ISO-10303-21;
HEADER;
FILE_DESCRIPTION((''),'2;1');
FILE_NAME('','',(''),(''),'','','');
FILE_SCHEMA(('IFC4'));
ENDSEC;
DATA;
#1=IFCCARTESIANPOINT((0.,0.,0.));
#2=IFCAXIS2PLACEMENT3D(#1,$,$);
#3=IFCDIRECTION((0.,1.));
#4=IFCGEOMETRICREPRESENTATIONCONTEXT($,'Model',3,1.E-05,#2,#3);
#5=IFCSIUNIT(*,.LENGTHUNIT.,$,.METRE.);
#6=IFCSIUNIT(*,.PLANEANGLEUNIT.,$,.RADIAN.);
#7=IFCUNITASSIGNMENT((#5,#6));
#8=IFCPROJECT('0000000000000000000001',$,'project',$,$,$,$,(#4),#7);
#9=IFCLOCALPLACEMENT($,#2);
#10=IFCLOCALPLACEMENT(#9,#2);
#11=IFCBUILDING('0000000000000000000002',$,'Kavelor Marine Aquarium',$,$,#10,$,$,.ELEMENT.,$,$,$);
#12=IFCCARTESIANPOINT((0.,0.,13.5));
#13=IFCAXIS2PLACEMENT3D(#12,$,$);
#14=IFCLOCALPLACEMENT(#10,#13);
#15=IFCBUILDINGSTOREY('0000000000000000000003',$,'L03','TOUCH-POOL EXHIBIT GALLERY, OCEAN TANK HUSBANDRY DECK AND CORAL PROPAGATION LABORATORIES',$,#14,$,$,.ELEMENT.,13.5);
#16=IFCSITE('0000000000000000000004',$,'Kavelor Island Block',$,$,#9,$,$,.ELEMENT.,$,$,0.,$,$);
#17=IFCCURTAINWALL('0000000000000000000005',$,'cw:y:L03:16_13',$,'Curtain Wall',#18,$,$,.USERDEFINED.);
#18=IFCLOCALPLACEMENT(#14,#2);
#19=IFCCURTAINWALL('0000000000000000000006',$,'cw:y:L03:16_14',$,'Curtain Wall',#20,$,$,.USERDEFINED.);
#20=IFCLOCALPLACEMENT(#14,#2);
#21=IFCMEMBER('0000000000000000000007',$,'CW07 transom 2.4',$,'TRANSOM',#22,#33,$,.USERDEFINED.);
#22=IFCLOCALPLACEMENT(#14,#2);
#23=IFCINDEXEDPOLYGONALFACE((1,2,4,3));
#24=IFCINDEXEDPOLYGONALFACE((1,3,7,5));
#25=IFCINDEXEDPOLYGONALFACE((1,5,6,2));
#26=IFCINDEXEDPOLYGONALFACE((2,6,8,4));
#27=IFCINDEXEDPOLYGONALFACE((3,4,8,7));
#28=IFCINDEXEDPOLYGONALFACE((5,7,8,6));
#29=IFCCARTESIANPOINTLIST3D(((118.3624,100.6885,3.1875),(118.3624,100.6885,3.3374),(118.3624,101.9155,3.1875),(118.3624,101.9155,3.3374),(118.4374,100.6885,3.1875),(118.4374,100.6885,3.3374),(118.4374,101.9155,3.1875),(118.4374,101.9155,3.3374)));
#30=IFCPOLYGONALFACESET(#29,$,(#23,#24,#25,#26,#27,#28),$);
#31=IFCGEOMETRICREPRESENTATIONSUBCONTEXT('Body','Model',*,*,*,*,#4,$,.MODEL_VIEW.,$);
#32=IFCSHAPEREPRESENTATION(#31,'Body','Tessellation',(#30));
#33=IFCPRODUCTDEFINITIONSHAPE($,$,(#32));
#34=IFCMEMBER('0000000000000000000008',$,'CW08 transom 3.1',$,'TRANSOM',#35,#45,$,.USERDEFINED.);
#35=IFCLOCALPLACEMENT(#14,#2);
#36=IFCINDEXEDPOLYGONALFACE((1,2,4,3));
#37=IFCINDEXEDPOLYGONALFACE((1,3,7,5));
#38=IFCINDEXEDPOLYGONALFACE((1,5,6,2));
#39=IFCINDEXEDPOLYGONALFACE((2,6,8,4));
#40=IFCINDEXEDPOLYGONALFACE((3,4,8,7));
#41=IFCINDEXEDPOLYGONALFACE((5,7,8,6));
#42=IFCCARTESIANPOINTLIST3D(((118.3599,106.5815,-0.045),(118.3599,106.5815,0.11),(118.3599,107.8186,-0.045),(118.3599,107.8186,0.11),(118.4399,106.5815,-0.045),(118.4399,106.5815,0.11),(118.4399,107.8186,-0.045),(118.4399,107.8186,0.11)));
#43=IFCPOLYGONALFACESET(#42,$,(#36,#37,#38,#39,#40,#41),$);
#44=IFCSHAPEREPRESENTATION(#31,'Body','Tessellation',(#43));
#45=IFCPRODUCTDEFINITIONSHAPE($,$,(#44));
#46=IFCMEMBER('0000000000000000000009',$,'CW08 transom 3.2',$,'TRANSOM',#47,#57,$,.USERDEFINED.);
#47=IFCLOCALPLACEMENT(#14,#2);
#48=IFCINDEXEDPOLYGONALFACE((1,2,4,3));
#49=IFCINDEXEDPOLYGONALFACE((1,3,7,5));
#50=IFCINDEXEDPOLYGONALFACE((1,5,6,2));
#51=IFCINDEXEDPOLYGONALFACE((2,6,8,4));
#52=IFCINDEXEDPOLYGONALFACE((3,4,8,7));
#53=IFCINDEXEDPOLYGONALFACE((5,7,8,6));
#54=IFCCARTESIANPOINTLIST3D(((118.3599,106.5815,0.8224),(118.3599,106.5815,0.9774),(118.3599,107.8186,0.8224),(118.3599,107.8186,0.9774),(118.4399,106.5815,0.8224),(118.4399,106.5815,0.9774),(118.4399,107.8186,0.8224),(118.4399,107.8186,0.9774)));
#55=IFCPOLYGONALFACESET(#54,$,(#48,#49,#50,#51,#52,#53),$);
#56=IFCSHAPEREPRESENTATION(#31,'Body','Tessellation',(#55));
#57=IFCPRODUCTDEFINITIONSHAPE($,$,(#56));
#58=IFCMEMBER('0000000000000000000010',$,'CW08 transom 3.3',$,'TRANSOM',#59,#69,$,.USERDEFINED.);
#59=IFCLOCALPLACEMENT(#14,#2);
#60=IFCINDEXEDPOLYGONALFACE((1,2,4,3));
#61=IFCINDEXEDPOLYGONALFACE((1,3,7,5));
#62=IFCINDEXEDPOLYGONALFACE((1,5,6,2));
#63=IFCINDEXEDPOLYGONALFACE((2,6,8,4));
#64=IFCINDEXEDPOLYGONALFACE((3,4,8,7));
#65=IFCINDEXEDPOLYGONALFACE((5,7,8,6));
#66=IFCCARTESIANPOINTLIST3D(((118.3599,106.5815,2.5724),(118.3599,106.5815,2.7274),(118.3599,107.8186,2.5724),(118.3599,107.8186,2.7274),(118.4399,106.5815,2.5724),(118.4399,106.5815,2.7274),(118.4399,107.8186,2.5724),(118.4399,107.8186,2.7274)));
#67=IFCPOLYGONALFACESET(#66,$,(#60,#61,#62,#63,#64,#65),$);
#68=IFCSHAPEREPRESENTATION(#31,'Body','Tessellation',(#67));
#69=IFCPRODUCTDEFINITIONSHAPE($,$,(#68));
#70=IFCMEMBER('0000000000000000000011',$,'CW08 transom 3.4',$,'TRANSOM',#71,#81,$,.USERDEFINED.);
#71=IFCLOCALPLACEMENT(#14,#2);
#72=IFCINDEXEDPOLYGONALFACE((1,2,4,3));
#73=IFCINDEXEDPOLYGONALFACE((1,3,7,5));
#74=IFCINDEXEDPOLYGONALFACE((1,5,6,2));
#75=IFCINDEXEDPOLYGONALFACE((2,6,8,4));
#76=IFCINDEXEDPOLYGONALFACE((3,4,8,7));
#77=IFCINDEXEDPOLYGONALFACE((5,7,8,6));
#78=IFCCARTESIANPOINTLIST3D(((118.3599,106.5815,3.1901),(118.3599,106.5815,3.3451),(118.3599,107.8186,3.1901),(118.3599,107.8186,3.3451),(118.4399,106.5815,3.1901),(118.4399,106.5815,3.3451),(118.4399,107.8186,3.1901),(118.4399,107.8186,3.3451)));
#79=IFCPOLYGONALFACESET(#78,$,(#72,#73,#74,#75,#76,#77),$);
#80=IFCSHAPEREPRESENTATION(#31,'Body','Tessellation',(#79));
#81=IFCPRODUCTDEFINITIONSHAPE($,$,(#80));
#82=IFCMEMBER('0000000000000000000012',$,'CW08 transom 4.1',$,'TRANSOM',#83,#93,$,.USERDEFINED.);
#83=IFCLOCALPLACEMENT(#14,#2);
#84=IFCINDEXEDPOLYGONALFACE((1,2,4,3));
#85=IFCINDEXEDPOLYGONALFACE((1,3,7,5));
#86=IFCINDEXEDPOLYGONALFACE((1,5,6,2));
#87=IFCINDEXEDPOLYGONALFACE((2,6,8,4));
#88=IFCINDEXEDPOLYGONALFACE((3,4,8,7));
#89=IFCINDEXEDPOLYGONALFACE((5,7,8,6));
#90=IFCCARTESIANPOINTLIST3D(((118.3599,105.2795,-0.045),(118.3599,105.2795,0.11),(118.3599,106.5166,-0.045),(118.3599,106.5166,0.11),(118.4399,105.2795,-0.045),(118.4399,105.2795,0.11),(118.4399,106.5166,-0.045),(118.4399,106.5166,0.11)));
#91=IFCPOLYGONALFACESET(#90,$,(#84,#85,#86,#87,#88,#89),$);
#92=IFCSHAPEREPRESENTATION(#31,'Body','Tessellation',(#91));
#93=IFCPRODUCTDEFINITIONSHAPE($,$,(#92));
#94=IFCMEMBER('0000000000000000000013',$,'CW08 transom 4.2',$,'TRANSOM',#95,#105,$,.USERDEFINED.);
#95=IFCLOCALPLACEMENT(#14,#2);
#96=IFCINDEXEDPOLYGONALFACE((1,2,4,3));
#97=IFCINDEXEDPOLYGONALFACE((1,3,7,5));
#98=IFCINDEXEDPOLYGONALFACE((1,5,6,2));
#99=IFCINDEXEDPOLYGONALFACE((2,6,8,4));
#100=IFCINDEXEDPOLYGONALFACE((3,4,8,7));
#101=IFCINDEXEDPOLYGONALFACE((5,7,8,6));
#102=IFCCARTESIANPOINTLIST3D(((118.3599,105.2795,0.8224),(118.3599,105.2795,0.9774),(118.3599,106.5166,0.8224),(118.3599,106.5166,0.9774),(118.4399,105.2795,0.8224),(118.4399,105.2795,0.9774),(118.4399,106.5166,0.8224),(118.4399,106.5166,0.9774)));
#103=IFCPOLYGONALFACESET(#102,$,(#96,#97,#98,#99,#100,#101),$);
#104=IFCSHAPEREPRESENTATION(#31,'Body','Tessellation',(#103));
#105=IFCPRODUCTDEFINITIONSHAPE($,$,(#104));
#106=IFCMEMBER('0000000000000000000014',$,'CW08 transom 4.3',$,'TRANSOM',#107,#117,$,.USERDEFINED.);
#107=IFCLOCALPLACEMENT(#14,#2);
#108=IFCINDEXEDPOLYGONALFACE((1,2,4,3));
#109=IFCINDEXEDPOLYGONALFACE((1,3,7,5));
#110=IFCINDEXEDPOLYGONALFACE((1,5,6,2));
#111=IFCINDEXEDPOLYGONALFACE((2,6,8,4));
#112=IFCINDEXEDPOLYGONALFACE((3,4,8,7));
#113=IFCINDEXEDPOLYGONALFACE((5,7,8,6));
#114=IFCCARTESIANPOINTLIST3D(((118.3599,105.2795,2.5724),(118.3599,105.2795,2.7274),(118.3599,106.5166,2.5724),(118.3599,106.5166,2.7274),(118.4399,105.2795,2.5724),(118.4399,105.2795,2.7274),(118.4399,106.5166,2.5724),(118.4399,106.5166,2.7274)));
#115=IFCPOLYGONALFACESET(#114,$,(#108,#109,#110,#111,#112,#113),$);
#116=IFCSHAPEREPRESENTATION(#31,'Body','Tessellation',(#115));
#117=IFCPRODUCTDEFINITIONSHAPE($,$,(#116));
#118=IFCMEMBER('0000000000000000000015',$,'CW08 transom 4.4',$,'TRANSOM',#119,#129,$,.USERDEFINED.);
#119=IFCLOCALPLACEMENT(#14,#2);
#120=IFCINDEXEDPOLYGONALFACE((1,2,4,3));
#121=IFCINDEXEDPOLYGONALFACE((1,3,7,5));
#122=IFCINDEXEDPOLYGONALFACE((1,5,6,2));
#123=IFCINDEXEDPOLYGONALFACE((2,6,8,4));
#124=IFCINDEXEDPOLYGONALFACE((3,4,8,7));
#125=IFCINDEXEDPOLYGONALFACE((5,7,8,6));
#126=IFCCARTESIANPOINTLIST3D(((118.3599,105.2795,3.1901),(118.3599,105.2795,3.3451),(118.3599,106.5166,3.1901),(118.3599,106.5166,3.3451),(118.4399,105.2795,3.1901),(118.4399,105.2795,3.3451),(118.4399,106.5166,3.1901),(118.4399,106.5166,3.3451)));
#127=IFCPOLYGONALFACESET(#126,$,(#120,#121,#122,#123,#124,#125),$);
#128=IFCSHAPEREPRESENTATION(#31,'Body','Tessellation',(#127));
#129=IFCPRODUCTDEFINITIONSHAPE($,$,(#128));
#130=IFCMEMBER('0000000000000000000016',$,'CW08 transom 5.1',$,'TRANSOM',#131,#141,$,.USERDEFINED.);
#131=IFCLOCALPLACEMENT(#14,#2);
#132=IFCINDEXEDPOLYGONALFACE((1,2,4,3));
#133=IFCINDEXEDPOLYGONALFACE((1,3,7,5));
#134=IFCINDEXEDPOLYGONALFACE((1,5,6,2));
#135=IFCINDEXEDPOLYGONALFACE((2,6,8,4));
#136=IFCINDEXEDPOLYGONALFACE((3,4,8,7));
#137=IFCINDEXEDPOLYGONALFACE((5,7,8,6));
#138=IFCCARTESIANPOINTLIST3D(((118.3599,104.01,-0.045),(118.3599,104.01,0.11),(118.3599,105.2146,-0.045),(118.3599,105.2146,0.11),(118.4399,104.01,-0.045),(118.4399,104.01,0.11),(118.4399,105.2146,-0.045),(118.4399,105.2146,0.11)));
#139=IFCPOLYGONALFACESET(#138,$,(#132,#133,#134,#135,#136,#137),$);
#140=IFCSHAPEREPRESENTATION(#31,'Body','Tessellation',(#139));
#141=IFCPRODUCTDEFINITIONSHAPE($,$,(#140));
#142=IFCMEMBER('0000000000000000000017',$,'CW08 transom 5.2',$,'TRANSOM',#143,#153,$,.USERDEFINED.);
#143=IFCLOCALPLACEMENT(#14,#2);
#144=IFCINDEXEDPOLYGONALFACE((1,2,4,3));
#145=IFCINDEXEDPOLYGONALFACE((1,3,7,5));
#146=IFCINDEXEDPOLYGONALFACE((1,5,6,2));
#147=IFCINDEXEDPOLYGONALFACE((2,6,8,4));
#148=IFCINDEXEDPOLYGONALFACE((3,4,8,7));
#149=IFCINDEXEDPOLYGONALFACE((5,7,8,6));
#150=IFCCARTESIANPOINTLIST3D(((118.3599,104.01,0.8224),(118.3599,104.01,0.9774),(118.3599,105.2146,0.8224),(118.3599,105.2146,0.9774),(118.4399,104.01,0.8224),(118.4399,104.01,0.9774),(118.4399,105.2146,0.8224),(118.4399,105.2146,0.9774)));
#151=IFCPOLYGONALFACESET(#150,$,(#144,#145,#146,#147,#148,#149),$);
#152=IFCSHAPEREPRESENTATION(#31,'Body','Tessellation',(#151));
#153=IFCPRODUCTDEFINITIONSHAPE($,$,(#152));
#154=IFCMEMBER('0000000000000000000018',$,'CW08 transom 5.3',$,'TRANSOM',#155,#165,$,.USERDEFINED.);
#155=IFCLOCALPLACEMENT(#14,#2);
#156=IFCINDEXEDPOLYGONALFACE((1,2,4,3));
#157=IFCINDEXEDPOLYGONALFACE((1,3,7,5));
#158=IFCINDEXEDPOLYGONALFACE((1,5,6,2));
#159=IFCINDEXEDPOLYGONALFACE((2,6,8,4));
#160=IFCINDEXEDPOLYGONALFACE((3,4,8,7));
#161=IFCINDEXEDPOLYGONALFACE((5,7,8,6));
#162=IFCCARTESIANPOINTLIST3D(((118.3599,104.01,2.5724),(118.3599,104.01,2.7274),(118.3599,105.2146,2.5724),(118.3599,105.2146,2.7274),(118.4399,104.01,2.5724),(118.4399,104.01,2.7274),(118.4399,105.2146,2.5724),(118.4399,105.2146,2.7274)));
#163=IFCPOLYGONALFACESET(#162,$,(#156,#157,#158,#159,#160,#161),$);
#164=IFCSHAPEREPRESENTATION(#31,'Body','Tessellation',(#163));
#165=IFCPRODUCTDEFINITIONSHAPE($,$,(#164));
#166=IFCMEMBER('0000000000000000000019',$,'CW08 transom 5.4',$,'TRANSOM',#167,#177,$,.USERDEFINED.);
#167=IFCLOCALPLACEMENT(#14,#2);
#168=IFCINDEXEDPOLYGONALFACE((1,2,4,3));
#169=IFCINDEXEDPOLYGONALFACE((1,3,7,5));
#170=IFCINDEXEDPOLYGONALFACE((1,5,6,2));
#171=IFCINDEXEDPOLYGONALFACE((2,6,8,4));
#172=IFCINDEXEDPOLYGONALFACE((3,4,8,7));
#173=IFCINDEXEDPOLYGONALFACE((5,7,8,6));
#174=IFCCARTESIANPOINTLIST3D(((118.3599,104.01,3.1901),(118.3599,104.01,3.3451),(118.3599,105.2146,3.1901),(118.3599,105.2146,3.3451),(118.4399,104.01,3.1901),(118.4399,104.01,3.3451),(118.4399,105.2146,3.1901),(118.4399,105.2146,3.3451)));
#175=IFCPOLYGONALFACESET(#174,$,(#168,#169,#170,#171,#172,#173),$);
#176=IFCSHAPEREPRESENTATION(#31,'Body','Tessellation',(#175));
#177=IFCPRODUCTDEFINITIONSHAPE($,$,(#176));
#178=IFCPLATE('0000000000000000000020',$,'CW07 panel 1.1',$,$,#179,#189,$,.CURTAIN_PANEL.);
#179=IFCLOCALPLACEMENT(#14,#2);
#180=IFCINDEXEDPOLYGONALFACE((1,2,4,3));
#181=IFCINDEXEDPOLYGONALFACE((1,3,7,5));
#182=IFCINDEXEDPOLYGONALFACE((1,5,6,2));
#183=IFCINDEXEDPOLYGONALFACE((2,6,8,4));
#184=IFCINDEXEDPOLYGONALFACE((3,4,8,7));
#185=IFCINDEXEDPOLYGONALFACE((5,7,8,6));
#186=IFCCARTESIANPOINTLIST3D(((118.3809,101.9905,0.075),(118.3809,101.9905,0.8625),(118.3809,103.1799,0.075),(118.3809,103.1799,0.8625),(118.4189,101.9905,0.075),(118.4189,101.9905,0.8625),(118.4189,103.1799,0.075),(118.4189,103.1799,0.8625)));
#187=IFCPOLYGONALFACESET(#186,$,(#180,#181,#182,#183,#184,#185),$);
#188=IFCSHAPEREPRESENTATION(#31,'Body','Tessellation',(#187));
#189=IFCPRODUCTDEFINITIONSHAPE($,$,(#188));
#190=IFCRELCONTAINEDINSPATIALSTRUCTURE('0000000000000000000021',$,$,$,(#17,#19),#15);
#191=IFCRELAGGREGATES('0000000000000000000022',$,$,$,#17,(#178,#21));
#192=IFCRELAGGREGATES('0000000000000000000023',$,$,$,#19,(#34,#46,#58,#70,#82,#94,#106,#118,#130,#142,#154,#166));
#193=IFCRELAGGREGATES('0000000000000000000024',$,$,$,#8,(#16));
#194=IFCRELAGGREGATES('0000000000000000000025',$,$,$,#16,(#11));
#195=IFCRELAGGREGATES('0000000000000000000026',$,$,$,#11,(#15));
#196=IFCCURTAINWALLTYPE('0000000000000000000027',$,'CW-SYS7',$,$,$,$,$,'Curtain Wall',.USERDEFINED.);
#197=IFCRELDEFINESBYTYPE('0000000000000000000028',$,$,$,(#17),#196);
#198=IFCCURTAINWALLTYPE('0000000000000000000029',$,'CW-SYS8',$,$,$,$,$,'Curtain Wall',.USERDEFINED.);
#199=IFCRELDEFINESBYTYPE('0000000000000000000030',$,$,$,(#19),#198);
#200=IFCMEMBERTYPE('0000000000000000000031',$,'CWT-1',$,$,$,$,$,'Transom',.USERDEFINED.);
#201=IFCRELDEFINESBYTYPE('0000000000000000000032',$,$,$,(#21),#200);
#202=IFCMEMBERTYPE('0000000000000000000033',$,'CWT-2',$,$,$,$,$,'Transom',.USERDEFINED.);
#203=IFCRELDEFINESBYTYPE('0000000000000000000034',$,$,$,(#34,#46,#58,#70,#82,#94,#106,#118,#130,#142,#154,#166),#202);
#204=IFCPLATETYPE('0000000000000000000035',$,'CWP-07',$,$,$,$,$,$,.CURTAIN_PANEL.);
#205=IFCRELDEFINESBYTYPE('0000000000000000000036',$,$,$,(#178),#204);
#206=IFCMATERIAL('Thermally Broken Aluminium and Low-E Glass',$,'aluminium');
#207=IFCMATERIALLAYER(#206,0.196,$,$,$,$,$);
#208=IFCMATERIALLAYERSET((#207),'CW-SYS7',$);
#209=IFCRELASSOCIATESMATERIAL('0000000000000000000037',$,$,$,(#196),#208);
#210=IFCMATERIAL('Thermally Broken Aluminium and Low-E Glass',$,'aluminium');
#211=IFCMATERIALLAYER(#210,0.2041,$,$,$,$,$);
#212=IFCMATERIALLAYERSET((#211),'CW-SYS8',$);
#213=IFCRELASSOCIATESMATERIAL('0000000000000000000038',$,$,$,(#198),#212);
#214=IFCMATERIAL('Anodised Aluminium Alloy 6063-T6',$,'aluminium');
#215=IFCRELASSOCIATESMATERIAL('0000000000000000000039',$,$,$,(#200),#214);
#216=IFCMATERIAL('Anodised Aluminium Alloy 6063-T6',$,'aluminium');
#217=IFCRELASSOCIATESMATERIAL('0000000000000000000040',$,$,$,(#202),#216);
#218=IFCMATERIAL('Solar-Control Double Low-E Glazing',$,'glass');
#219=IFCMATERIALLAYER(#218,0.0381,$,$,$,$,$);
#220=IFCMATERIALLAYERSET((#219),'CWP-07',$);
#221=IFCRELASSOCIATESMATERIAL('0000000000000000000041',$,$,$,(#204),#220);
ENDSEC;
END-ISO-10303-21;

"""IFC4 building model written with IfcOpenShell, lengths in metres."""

from ifc_helpers import new_model, si_unit, direction, frame, origin, origin_2d, place, context, subcontext, project, spatial, rectangle, extrude, material, layer, layer_set, material_profile, profile_set, type_object, element, aggregate, save


model = new_model("IFC4")

# Units and contexts
model_context = context("Model", 3, precision=1e-05, world=origin(), true_north=direction((0.0, 1.0)))
body_context = subcontext(model_context, "Body", "Model", "MODEL_VIEW")
ifc_project = project(units=[si_unit("LENGTHUNIT", "METRE"), si_unit("PLANEANGLEUNIT", "RADIAN")], contexts=[model_context])

# Site, building, storey
site_placement = place(None, origin())
site = spatial("IfcSite", under=ifc_project, at=site_placement, Name="Kavelor Island Block", CompositionType="ELEMENT", RefElevation=0.0)
building_placement = place(site_placement, origin())
building = spatial("IfcBuilding", under=site, at=building_placement, Name="Kavelor Marine Aquarium", CompositionType="ELEMENT")
storey_placement = place(building_placement, frame((0.0, 0.0, 13.5)))
storey = spatial("IfcBuildingStorey", under=building, at=storey_placement, Name="L03", Description="TOUCH-POOL EXHIBIT GALLERY, OCEAN TANK HUSBANDRY DECK AND CORAL PROPAGATION LABORATORIES", CompositionType="ELEMENT", Elevation=13.5)

# Curtain walls
ifc_material_1 = material(Name="Thermally Broken Aluminium and Low-E Glass", Category="aluminium")
ifc_layer_1 = layer(ifc_material_1, 0.196)
ifc_layer_set_1 = layer_set([ifc_layer_1], Name="CW-SYS7")
curtain_wall_type_1 = type_object("IfcCurtainWallType", Name="CW-SYS7", ElementType="Curtain Wall", PredefinedType="USERDEFINED", material=ifc_layer_set_1)
curtain_wall_1_placement = place(storey_placement, origin())
curtain_wall_1 = element("IfcCurtainWall", 1, at=curtain_wall_1_placement, inside=storey, type_object=curtain_wall_type_1, Name="cw:y:L03:16_13", ObjectType="Curtain Wall", PredefinedType="USERDEFINED")
ifc_material_2 = material(Name="Thermally Broken Aluminium and Low-E Glass", Category="aluminium")
ifc_layer_2 = layer(ifc_material_2, 0.2041)
ifc_layer_set_2 = layer_set([ifc_layer_2], Name="CW-SYS8")
curtain_wall_type_2 = type_object("IfcCurtainWallType", Name="CW-SYS8", ElementType="Curtain Wall", PredefinedType="USERDEFINED", material=ifc_layer_set_2)
curtain_wall_2_placement = place(storey_placement, origin())
curtain_wall_2 = element("IfcCurtainWall", 2, at=curtain_wall_2_placement, inside=storey, type_object=curtain_wall_type_2, Name="cw:y:L03:16_14", ObjectType="Curtain Wall", PredefinedType="USERDEFINED")

# Members
ifc_material_3 = material(Name="Anodised Aluminium Alloy 6063-T6", Category="aluminium")
ifc_material_profile_1 = material_profile(ifc_material_3, rectangle(XDim=0.075, YDim=0.1499, at=origin_2d()), Name="CW-TRN 75x150")
ifc_profile_set_1 = profile_set([ifc_material_profile_1], Name="Anodised Aluminium Alloy 6063-T6")
member_type_1 = type_object("IfcMemberType", Name="CWT-1", ElementType="Transom", PredefinedType="USERDEFINED", material=ifc_profile_set_1)
member_1_placement = place(storey_placement, frame((118.3999, 101.9155, 3.2625), z_axis=(0.0, -1.0, 0.0), x_axis=(1.0, 0.0, 0.0)))
member_1 = element("IfcMember", 3, at=member_1_placement, type_object=member_type_1, Name="CW07 transom 2.4", ObjectType="TRANSOM", PredefinedType="USERDEFINED", context=body_context, shape_type="SweptSolid", body=[
    extrude(rectangle(XDim=0.075, YDim=0.1499, at=origin_2d()), origin(), (0.0, 0.0, 1.0), 1.2271),
])
ifc_material_4 = material(Name="Anodised Aluminium Alloy 6063-T6", Category="aluminium")
ifc_material_profile_2 = material_profile(ifc_material_4, rectangle(XDim=0.0801, YDim=0.155, at=origin_2d()), Name="CW-TRN 80x155")
ifc_profile_set_2 = profile_set([ifc_material_profile_2], Name="Anodised Aluminium Alloy 6063-T6")
member_type_2 = type_object("IfcMemberType", Name="CWT-2", ElementType="Transom", PredefinedType="USERDEFINED", material=ifc_profile_set_2)
member_2_placement = place(storey_placement, frame((118.3999, 107.8186, 0.0325), z_axis=(0.0, -1.0, 0.0), x_axis=(1.0, 0.0, 0.0)))
member_2 = element("IfcMember", 4, at=member_2_placement, type_object=member_type_2, Name="CW08 transom 3.1", ObjectType="TRANSOM", PredefinedType="USERDEFINED", context=body_context, shape_type="SweptSolid", body=[
    extrude(rectangle(XDim=0.0801, YDim=0.155, at=origin_2d()), origin(), (0.0, 0.0, 1.0), 1.2371),
])
member_3_placement = place(storey_placement, frame((118.3999, 107.8186, 0.8999), z_axis=(0.0, -1.0, 0.0), x_axis=(1.0, 0.0, 0.0)))
member_3 = element("IfcMember", 5, at=member_3_placement, type_object=member_type_2, Name="CW08 transom 3.2", ObjectType="TRANSOM", PredefinedType="USERDEFINED", context=body_context, shape_type="SweptSolid", body=[
    extrude(rectangle(XDim=0.0801, YDim=0.155, at=origin_2d()), origin(), (0.0, 0.0, 1.0), 1.2371),
])
member_4_placement = place(storey_placement, frame((118.3999, 107.8186, 2.6499), z_axis=(0.0, -1.0, 0.0), x_axis=(1.0, 0.0, 0.0)))
member_4 = element("IfcMember", 6, at=member_4_placement, type_object=member_type_2, Name="CW08 transom 3.3", ObjectType="TRANSOM", PredefinedType="USERDEFINED", context=body_context, shape_type="SweptSolid", body=[
    extrude(rectangle(XDim=0.0801, YDim=0.155, at=origin_2d()), origin(), (0.0, 0.0, 1.0), 1.2371),
])
member_5_placement = place(storey_placement, frame((118.3999, 107.8186, 3.2676), z_axis=(0.0, -1.0, 0.0), x_axis=(1.0, 0.0, 0.0)))
member_5 = element("IfcMember", 7, at=member_5_placement, type_object=member_type_2, Name="CW08 transom 3.4", ObjectType="TRANSOM", PredefinedType="USERDEFINED", context=body_context, shape_type="SweptSolid", body=[
    extrude(rectangle(XDim=0.0801, YDim=0.155, at=origin_2d()), origin(), (0.0, 0.0, 1.0), 1.2371),
])
member_6_placement = place(storey_placement, frame((118.3999, 106.5166, 0.0325), z_axis=(0.0, -1.0, 0.0), x_axis=(1.0, 0.0, 0.0)))
member_6 = element("IfcMember", 8, at=member_6_placement, type_object=member_type_2, Name="CW08 transom 4.1", ObjectType="TRANSOM", PredefinedType="USERDEFINED", context=body_context, shape_type="SweptSolid", body=[
    extrude(rectangle(XDim=0.0801, YDim=0.155, at=origin_2d()), origin(), (0.0, 0.0, 1.0), 1.2371),
])
member_7_placement = place(storey_placement, frame((118.3999, 106.5166, 0.8999), z_axis=(0.0, -1.0, 0.0), x_axis=(1.0, 0.0, 0.0)))
member_7 = element("IfcMember", 9, at=member_7_placement, type_object=member_type_2, Name="CW08 transom 4.2", ObjectType="TRANSOM", PredefinedType="USERDEFINED", context=body_context, shape_type="SweptSolid", body=[
    extrude(rectangle(XDim=0.0801, YDim=0.155, at=origin_2d()), origin(), (0.0, 0.0, 1.0), 1.2371),
])
member_8_placement = place(storey_placement, frame((118.3999, 106.5166, 2.6499), z_axis=(0.0, -1.0, 0.0), x_axis=(1.0, 0.0, 0.0)))
member_8 = element("IfcMember", 10, at=member_8_placement, type_object=member_type_2, Name="CW08 transom 4.3", ObjectType="TRANSOM", PredefinedType="USERDEFINED", context=body_context, shape_type="SweptSolid", body=[
    extrude(rectangle(XDim=0.0801, YDim=0.155, at=origin_2d()), origin(), (0.0, 0.0, 1.0), 1.2371),
])
member_9_placement = place(storey_placement, frame((118.3999, 106.5166, 3.2676), z_axis=(0.0, -1.0, 0.0), x_axis=(1.0, 0.0, 0.0)))
member_9 = element("IfcMember", 11, at=member_9_placement, type_object=member_type_2, Name="CW08 transom 4.4", ObjectType="TRANSOM", PredefinedType="USERDEFINED", context=body_context, shape_type="SweptSolid", body=[
    extrude(rectangle(XDim=0.0801, YDim=0.155, at=origin_2d()), origin(), (0.0, 0.0, 1.0), 1.2371),
])
member_10_placement = place(storey_placement, frame((118.3999, 105.2146, 0.0325), z_axis=(0.0, -1.0, 0.0), x_axis=(1.0, 0.0, 0.0)))
member_10 = element("IfcMember", 12, at=member_10_placement, type_object=member_type_2, Name="CW08 transom 5.1", ObjectType="TRANSOM", PredefinedType="USERDEFINED", context=body_context, shape_type="SweptSolid", body=[
    extrude(rectangle(XDim=0.0801, YDim=0.155, at=origin_2d()), origin(), (0.0, 0.0, 1.0), 1.2046),
])
member_11_placement = place(storey_placement, frame((118.3999, 105.2146, 0.8999), z_axis=(0.0, -1.0, 0.0), x_axis=(1.0, 0.0, 0.0)))
member_11 = element("IfcMember", 13, at=member_11_placement, type_object=member_type_2, Name="CW08 transom 5.2", ObjectType="TRANSOM", PredefinedType="USERDEFINED", context=body_context, shape_type="SweptSolid", body=[
    extrude(rectangle(XDim=0.0801, YDim=0.155, at=origin_2d()), origin(), (0.0, 0.0, 1.0), 1.2046),
])
member_12_placement = place(storey_placement, frame((118.3999, 105.2146, 2.6499), z_axis=(0.0, -1.0, 0.0), x_axis=(1.0, 0.0, 0.0)))
member_12 = element("IfcMember", 14, at=member_12_placement, type_object=member_type_2, Name="CW08 transom 5.3", ObjectType="TRANSOM", PredefinedType="USERDEFINED", context=body_context, shape_type="SweptSolid", body=[
    extrude(rectangle(XDim=0.0801, YDim=0.155, at=origin_2d()), origin(), (0.0, 0.0, 1.0), 1.2046),
])
member_13_placement = place(storey_placement, frame((118.3999, 105.2146, 3.2676), z_axis=(0.0, -1.0, 0.0), x_axis=(1.0, 0.0, 0.0)))
member_13 = element("IfcMember", 15, at=member_13_placement, type_object=member_type_2, Name="CW08 transom 5.4", ObjectType="TRANSOM", PredefinedType="USERDEFINED", context=body_context, shape_type="SweptSolid", body=[
    extrude(rectangle(XDim=0.0801, YDim=0.155, at=origin_2d()), origin(), (0.0, 0.0, 1.0), 1.2046),
])

# Plate
ifc_material_5 = material(Name="Solar-Control Double Low-E Glazing", Category="glass")
ifc_layer_3 = layer(ifc_material_5, 0.0381)
ifc_layer_set_3 = layer_set([ifc_layer_3], Name="CWP-07")
plate_type_1 = type_object("IfcPlateType", Name="CWP-07", PredefinedType="CURTAIN_PANEL", material=ifc_layer_set_3)
plate_1_placement = place(storey_placement, frame((118.3999, 102.5852, 0.075), z_axis=(0.0, 0.0, 1.0), x_axis=(0.0, -1.0, 0.0)))
plate_1 = element("IfcPlate", 16, at=plate_1_placement, type_object=plate_type_1, Name="CW07 panel 1.1", PredefinedType="CURTAIN_PANEL", context=body_context, shape_type="SweptSolid", body=[
    extrude(rectangle(XDim=1.1895, YDim=0.0381, at=origin_2d()), origin(), (0.0, 0.0, 1.0), 0.7876),
])
aggregate(curtain_wall_1, [plate_1, member_1])
aggregate(curtain_wall_2, [member_2, member_3, member_4, member_5, member_6, member_7, member_8, member_9, member_10, member_11, member_12, member_13])

save(model, "model.ifc")
